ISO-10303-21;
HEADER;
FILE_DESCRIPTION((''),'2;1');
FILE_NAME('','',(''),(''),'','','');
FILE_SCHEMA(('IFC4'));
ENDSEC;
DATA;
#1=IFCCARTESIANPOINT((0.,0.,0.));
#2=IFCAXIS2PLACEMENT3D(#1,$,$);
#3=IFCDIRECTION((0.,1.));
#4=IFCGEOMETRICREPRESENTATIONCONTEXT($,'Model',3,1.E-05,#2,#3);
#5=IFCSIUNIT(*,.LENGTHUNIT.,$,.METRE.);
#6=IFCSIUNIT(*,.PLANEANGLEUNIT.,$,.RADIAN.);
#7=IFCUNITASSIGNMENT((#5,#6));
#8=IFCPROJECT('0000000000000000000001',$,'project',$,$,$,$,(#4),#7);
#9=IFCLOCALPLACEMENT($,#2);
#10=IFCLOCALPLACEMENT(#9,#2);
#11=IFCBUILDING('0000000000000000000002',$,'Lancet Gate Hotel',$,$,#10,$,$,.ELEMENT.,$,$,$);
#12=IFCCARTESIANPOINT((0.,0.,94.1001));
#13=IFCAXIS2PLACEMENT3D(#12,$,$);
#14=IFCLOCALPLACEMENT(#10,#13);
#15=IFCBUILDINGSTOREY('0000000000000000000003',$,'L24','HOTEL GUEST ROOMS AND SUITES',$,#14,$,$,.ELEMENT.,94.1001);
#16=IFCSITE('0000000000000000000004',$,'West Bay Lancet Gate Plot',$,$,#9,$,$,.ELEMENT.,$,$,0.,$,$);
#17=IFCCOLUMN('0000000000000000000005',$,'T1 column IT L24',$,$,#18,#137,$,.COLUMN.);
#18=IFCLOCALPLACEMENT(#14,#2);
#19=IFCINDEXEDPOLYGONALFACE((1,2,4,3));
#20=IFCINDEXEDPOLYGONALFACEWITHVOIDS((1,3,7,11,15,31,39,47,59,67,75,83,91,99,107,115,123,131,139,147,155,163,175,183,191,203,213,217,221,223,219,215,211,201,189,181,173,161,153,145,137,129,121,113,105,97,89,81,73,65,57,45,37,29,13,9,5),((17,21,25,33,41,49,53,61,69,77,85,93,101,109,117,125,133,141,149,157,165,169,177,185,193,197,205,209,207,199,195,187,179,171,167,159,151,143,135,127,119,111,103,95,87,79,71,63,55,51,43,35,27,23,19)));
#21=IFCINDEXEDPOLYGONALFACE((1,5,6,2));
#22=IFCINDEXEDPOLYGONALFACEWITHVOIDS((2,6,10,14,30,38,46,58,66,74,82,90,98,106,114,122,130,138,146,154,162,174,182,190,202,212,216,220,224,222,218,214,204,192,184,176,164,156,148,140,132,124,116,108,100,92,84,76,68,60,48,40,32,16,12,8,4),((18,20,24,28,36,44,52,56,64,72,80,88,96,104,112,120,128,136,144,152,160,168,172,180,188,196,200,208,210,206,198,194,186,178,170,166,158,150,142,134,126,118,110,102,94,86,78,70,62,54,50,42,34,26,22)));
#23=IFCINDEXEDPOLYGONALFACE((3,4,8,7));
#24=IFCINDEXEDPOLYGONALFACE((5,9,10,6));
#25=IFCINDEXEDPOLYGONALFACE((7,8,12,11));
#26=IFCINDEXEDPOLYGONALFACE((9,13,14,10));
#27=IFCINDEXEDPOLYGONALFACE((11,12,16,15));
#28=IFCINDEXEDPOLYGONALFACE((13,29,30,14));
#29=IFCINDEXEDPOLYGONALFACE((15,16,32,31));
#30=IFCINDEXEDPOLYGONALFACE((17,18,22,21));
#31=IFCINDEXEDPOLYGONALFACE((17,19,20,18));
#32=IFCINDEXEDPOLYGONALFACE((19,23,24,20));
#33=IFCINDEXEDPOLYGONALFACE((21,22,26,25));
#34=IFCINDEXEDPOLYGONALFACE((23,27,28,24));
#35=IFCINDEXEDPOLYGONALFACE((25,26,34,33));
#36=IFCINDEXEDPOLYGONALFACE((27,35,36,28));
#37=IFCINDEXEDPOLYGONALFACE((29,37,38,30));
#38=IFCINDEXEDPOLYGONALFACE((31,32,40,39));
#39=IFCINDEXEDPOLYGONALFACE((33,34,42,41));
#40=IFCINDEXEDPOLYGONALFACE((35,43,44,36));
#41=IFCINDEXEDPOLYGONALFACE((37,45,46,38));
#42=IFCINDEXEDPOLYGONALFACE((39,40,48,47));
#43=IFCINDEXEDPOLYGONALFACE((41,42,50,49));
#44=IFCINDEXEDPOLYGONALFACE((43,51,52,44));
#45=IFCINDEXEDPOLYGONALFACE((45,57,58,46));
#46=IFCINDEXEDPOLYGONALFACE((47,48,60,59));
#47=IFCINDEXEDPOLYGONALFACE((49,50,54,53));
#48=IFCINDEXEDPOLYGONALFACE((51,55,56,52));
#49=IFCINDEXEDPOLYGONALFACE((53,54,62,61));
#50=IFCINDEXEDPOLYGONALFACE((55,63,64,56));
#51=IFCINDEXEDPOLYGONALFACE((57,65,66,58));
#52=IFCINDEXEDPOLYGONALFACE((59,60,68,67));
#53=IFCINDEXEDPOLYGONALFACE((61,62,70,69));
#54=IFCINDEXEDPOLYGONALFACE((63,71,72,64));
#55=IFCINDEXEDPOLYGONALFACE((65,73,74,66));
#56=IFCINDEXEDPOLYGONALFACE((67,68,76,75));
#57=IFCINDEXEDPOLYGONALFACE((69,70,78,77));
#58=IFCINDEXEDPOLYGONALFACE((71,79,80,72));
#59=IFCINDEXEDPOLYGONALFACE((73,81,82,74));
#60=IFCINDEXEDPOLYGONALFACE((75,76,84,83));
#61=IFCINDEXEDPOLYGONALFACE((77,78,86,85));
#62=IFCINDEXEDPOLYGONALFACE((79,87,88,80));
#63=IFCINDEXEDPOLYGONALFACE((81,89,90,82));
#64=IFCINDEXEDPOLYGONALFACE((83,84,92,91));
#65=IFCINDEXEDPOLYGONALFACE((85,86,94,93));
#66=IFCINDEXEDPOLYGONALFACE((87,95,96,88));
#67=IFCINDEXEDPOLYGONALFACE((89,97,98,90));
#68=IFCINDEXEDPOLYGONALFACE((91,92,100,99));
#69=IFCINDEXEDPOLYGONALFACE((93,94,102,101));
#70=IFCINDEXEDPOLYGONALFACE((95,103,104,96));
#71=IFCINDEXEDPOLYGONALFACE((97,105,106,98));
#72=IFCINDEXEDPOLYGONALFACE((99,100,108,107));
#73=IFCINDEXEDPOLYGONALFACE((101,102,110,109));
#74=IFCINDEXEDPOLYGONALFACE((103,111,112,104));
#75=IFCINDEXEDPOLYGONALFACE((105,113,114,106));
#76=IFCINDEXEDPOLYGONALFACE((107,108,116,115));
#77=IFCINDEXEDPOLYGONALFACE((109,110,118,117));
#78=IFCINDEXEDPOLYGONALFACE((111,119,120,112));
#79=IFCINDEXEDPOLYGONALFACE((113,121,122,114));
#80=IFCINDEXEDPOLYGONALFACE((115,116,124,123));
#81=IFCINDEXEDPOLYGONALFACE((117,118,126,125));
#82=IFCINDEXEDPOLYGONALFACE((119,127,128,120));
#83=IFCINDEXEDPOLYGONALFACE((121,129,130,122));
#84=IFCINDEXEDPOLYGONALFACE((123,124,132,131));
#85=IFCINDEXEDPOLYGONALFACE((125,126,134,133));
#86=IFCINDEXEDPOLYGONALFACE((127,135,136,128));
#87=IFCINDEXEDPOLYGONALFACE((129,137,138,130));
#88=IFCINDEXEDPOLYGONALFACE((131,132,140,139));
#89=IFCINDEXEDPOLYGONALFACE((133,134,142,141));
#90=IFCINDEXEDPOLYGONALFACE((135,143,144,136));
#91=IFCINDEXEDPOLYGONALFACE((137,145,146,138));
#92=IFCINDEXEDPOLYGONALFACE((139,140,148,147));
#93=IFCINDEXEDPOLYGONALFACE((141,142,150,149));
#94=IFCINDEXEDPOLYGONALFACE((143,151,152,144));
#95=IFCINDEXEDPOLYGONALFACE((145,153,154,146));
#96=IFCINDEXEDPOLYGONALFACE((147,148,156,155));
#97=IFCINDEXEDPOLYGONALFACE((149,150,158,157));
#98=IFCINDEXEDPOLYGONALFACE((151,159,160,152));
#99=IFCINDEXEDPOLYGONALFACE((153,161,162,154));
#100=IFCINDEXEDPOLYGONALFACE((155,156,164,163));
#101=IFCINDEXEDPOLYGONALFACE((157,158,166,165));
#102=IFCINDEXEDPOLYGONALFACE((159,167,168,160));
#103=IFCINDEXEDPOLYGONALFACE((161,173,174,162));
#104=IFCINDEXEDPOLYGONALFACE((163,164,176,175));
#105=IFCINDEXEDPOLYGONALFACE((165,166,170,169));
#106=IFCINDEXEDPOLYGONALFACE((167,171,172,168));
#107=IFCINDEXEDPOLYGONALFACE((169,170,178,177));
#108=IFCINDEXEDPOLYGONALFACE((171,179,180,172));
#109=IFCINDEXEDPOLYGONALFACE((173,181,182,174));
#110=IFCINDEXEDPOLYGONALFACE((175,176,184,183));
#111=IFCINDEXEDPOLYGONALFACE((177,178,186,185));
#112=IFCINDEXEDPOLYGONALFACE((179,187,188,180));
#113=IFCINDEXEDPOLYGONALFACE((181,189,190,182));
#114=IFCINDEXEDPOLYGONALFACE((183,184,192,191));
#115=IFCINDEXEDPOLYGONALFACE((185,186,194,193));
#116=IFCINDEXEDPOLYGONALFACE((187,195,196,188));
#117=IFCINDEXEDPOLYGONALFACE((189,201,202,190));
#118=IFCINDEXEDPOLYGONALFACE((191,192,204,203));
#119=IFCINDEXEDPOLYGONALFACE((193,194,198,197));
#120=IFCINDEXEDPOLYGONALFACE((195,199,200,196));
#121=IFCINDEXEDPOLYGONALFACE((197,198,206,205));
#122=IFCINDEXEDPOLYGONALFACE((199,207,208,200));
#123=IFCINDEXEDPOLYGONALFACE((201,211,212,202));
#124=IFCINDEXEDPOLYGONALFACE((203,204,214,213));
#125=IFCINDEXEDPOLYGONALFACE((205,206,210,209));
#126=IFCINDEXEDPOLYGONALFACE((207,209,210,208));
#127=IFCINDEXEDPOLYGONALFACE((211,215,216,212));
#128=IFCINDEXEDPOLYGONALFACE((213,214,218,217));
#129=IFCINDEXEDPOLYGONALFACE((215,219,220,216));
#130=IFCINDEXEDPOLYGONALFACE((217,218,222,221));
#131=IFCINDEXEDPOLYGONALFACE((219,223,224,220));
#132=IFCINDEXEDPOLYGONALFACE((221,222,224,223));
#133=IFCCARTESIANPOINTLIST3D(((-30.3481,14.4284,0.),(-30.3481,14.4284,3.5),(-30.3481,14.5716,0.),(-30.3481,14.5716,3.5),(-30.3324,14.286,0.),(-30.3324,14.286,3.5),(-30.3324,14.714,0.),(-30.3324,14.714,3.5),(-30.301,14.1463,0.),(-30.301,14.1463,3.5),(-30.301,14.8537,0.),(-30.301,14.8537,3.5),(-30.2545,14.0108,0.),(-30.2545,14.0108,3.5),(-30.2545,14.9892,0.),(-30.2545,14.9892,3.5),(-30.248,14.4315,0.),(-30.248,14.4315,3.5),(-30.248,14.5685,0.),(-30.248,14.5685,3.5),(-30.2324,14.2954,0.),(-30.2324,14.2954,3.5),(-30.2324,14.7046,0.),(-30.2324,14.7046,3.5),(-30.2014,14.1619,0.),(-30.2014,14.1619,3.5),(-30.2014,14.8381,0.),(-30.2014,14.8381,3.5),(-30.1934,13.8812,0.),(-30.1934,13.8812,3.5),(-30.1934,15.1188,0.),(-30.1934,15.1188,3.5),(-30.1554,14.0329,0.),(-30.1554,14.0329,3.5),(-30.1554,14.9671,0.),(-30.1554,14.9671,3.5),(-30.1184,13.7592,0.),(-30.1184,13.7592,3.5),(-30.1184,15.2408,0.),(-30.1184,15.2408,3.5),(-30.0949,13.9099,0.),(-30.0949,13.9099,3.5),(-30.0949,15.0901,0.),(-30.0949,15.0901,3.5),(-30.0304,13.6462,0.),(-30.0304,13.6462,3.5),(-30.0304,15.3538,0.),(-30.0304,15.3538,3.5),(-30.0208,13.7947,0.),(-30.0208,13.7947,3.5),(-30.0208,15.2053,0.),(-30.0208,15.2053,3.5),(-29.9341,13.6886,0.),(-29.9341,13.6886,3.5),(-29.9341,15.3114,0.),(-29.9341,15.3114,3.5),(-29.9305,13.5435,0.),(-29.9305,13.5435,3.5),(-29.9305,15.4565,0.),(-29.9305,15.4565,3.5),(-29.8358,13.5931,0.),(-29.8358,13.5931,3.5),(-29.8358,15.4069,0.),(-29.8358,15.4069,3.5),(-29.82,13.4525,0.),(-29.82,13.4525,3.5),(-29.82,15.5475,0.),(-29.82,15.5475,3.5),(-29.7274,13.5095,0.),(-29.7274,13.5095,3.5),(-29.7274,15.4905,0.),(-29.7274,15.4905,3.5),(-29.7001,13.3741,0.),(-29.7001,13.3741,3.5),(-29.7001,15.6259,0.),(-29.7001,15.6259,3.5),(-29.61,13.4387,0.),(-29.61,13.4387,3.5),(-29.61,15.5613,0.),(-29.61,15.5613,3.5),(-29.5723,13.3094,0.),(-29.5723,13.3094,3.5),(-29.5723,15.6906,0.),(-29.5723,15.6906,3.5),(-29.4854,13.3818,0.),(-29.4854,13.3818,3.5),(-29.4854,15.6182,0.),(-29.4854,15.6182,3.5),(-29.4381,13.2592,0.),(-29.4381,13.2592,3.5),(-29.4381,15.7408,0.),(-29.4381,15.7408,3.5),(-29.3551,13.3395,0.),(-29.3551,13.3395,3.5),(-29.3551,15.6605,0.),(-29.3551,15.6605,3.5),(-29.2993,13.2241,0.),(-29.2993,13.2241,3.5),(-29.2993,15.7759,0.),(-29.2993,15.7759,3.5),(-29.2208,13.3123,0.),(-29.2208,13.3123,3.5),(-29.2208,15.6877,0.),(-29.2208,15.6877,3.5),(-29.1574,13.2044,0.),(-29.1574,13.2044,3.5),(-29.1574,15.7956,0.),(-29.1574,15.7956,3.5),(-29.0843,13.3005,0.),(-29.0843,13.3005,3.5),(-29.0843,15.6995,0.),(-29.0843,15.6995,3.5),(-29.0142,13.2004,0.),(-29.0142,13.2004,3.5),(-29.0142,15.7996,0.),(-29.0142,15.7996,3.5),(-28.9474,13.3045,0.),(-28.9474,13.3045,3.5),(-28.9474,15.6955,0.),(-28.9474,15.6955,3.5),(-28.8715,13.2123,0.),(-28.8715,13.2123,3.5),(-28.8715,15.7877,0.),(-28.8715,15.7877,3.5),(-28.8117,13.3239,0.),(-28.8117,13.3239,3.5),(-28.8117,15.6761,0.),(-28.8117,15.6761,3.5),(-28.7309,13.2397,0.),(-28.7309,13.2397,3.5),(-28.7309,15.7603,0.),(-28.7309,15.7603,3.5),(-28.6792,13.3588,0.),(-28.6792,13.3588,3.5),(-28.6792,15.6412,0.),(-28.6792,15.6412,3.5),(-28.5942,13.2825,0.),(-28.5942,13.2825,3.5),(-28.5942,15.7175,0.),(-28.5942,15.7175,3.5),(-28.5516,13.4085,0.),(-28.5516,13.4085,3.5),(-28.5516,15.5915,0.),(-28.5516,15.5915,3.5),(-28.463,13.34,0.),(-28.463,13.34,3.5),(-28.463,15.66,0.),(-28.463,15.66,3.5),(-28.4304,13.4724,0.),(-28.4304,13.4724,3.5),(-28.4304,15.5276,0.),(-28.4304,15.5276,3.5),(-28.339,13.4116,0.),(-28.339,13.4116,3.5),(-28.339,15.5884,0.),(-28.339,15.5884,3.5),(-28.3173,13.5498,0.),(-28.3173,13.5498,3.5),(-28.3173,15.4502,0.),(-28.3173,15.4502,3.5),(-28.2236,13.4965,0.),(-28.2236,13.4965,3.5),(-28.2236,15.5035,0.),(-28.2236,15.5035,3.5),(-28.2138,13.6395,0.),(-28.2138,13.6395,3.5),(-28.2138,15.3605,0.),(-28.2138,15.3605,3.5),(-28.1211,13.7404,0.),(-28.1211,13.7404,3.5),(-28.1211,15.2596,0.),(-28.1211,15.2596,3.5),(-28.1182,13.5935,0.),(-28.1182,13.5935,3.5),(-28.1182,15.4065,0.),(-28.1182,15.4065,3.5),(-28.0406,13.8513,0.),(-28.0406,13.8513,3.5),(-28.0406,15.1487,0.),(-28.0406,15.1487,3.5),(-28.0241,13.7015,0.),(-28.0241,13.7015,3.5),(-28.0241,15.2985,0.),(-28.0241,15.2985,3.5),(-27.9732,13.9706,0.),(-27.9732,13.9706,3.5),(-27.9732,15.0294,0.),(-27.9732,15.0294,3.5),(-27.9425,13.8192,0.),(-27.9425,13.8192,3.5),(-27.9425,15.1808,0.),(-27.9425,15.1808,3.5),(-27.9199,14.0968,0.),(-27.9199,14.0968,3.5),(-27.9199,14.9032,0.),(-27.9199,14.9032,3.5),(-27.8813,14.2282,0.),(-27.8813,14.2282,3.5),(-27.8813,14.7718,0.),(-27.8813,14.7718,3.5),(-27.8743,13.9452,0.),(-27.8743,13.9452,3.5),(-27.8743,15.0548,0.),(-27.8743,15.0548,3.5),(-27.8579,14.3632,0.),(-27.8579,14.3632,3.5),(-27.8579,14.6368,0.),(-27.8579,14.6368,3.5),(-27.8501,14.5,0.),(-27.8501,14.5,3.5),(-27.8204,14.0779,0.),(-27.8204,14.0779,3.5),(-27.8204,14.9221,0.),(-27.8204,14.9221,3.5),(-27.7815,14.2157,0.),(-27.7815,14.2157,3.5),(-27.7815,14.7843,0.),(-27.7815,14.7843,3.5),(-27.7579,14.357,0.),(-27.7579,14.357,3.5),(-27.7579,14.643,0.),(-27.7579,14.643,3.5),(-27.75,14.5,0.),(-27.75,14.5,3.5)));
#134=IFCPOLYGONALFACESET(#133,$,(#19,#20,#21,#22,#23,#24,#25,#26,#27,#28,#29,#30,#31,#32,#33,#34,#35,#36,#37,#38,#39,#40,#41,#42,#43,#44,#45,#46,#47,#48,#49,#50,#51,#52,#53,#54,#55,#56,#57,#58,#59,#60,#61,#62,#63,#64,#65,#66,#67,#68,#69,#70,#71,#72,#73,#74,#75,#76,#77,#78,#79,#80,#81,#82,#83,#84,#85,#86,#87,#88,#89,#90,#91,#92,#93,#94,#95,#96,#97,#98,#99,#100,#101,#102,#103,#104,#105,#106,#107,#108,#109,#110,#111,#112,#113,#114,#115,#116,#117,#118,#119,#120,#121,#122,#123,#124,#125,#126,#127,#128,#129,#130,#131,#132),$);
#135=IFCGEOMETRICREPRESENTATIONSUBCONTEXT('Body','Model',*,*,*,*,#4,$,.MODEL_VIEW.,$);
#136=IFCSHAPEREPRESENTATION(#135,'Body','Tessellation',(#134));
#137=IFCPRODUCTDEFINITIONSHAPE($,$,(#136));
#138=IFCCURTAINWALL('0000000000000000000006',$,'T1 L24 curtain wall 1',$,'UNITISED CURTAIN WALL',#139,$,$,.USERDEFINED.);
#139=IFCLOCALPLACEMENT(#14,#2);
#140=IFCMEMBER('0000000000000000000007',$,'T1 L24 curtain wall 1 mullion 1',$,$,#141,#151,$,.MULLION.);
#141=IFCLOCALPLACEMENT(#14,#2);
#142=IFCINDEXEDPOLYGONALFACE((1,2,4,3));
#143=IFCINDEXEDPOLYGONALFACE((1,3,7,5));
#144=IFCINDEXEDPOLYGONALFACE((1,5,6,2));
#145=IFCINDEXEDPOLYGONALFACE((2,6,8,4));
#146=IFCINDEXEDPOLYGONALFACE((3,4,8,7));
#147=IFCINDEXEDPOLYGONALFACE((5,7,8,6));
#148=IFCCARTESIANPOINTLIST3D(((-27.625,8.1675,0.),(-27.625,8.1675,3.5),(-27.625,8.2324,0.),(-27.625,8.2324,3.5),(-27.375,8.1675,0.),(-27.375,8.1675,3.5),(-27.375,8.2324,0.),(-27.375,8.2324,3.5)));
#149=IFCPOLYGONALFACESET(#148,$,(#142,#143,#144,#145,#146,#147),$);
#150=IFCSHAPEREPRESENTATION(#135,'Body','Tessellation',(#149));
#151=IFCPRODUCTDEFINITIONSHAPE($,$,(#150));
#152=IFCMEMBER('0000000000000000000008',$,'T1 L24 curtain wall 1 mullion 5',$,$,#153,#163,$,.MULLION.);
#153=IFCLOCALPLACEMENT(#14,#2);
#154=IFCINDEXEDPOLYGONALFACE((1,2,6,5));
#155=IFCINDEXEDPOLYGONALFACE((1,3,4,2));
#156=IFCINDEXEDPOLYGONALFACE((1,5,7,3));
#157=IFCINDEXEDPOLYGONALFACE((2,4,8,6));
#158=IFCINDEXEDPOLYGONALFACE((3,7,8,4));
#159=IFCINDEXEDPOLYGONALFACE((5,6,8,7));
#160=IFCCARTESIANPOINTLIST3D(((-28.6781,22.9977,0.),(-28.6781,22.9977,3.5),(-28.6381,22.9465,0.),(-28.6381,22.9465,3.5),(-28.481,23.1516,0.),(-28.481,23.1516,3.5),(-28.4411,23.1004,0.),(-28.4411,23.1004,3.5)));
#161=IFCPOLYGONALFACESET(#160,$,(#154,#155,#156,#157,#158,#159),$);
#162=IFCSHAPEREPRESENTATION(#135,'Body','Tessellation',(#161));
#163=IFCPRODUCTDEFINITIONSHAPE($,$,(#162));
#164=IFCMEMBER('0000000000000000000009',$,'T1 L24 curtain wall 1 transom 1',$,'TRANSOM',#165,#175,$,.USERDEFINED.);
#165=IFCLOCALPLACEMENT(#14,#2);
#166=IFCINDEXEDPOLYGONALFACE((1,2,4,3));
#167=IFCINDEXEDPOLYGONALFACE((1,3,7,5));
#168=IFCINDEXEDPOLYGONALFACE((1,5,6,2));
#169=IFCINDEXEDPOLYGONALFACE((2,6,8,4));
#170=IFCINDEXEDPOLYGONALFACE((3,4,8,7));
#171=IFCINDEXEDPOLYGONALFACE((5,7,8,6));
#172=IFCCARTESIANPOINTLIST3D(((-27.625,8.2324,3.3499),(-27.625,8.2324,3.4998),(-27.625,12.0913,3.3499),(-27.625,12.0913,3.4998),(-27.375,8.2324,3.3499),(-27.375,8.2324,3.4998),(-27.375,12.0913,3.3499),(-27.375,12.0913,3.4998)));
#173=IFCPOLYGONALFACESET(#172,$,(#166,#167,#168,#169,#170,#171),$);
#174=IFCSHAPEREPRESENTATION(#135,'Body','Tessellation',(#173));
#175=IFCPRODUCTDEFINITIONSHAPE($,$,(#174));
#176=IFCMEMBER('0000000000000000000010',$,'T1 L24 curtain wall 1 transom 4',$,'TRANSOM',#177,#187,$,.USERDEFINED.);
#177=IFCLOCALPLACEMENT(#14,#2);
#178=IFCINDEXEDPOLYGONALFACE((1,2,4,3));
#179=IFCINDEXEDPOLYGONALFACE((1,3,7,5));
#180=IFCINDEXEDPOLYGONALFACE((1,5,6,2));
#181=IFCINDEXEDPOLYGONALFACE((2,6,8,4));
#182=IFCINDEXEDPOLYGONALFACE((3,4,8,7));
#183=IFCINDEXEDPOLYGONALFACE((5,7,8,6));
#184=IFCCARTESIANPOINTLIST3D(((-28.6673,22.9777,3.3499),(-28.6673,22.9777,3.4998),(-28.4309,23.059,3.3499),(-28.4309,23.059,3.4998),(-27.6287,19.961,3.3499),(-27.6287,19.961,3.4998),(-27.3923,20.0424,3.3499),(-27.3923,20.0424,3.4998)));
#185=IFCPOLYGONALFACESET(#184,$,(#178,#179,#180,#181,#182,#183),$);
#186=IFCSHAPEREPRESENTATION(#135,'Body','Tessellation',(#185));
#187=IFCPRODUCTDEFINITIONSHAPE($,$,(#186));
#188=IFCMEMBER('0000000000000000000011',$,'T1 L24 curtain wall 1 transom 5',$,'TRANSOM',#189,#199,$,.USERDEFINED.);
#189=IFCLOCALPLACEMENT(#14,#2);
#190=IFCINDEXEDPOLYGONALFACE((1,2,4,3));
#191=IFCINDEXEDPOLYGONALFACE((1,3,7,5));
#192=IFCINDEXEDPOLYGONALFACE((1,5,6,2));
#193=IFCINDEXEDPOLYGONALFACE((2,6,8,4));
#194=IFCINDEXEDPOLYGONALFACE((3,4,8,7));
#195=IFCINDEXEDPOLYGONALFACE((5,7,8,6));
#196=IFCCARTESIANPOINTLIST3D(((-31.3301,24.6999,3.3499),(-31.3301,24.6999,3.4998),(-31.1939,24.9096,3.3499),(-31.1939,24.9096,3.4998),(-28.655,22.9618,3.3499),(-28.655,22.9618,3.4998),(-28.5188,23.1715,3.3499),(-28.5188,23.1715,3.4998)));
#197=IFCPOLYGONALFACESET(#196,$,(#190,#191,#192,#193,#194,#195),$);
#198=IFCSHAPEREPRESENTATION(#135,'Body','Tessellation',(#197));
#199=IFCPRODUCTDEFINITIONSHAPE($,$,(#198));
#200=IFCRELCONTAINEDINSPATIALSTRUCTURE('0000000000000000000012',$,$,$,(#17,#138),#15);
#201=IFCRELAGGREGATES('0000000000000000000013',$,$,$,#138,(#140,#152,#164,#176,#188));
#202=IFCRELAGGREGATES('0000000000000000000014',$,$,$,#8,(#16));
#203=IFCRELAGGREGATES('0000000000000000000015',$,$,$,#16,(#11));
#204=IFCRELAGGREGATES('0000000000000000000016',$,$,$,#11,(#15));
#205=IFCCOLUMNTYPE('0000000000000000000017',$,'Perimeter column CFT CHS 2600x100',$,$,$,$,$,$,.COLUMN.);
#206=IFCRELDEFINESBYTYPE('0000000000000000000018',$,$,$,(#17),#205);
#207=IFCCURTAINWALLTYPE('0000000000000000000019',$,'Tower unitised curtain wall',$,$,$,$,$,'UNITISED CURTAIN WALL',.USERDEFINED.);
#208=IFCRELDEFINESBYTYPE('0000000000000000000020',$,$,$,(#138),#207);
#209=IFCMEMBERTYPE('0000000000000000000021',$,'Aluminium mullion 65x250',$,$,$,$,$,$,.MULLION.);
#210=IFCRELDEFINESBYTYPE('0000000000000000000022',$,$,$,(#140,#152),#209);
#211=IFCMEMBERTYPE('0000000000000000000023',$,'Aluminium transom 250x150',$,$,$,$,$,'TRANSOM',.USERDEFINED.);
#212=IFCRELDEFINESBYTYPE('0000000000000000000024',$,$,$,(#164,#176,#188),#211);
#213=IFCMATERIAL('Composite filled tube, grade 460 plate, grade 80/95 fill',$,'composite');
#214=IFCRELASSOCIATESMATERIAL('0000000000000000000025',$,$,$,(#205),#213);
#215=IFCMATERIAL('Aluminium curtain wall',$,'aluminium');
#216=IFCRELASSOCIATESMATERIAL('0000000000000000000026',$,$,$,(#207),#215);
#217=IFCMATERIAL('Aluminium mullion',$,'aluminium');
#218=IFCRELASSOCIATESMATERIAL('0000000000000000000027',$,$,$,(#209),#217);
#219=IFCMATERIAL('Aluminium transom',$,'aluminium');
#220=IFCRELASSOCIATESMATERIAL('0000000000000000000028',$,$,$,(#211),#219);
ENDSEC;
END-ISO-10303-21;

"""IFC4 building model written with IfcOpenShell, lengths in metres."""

from ifc_helpers import new_model, si_unit, direction, frame, origin, origin_2d, place, context, subcontext, project, spatial, rectangle, hollow_circle, extrude, material, material_profile, profile_set, type_object, element, aggregate, save


model = new_model("IFC4")

# Units and contexts
model_context = context("Model", 3, precision=1e-05, world=origin(), true_north=direction((0.0, 1.0)))
body_context = subcontext(model_context, "Body", "Model", "MODEL_VIEW")
ifc_project = project(units=[si_unit("LENGTHUNIT", "METRE"), si_unit("PLANEANGLEUNIT", "RADIAN")], contexts=[model_context])

# Site, building, storey
site_placement = place(None, origin())
site = spatial("IfcSite", under=ifc_project, at=site_placement, Name="West Bay Lancet Gate Plot", CompositionType="ELEMENT", RefElevation=0.0)
building_placement = place(site_placement, origin())
building = spatial("IfcBuilding", under=site, at=building_placement, Name="Lancet Gate Hotel", CompositionType="ELEMENT")
storey_placement = place(building_placement, frame((0.0, 0.0, 94.1001)))
storey = spatial("IfcBuildingStorey", under=building, at=storey_placement, Name="L24", Description="HOTEL GUEST ROOMS AND SUITES", CompositionType="ELEMENT", Elevation=94.1001)

# Column
ifc_material_1 = material(Name="Composite filled tube, grade 460 plate, grade 80/95 fill", Category="composite")
ifc_material_profile_1 = material_profile(ifc_material_1, hollow_circle(Radius=1.3, WallThickness=0.1001, at=origin_2d()), Name="CHS 2600x100")
ifc_profile_set_1 = profile_set([ifc_material_profile_1], Name="Composite filled tube, grade 460 plate, grade 80/95 fill")
column_type = type_object("IfcColumnType", Name="Perimeter column CFT CHS 2600x100", PredefinedType="COLUMN", material=ifc_profile_set_1)
for number, where, z_axis, x_axis, name in (
    (1, (-29.05, 14.5, 0.0), (0.0, 0.0, 1.0), (1.0, 0.0, 0.0), "T1 column IT L24"),
):
    element("IfcColumn", number, at=place(storey_placement, frame(where, z_axis=z_axis, x_axis=x_axis)), inside=storey, type_object=column_type, Name=name, PredefinedType="COLUMN", context=body_context, shape_type="SweptSolid", body=[
        extrude(hollow_circle(Radius=1.3, WallThickness=0.1001, at=origin_2d()), origin(), (0.0, 0.0, 1.0), 3.5),
    ])

# Curtain wall, members
ifc_material_2 = material(Name="Aluminium curtain wall", Category="aluminium")
curtain_wall_type = type_object("IfcCurtainWallType", Name="Tower unitised curtain wall", ElementType="UNITISED CURTAIN WALL", PredefinedType="USERDEFINED", material=ifc_material_2)
curtain_wall_placement = place(storey_placement, origin())
curtain_wall = element("IfcCurtainWall", 2, at=curtain_wall_placement, inside=storey, type_object=curtain_wall_type, Name="T1 L24 curtain wall 1", ObjectType="UNITISED CURTAIN WALL", PredefinedType="USERDEFINED")
ifc_material_3 = material(Name="Aluminium mullion", Category="aluminium")
ifc_material_profile_2 = material_profile(ifc_material_3, rectangle(XDim=0.0649, YDim=0.25, at=origin_2d()), Name="MULLION 65x250")
ifc_profile_set_2 = profile_set([ifc_material_profile_2], Name="Aluminium mullion")
member_type_1 = type_object("IfcMemberType", Name="Aluminium mullion 65x250", PredefinedType="MULLION", material=ifc_profile_set_2)
member_1_placement = place(storey_placement, frame((-27.5, 8.2, 0.0), z_axis=(0.0, 0.0, 1.0), x_axis=(0.0, 1.0, 0.0)))
member_1 = element("IfcMember", 3, at=member_1_placement, type_object=member_type_1, Name="T1 L24 curtain wall 1 mullion 1", PredefinedType="MULLION", context=body_context, shape_type="SweptSolid", body=[
    extrude(rectangle(XDim=0.0649, YDim=0.25, at=origin_2d()), origin(), (0.0, 0.0, 1.0), 3.5),
])
member_2_placement = place(storey_placement, frame((-28.5596, 23.0491, 0.0), z_axis=(0.0, 0.0, 1.0), x_axis=(-0.615574, 0.788079, 0.0)))
member_2 = element("IfcMember", 4, at=member_2_placement, type_object=member_type_1, Name="T1 L24 curtain wall 1 mullion 5", PredefinedType="MULLION", context=body_context, shape_type="SweptSolid", body=[
    extrude(rectangle(XDim=0.0649, YDim=0.25, at=origin_2d()), origin(), (0.0, 0.0, 1.0), 3.5),
])
ifc_material_4 = material(Name="Aluminium transom", Category="aluminium")
ifc_material_profile_3 = material_profile(ifc_material_4, rectangle(XDim=0.25, YDim=0.1499, at=origin_2d()), Name="TRANSOM 250x150")
ifc_profile_set_3 = profile_set([ifc_material_profile_3], Name="Aluminium transom")
member_type_2 = type_object("IfcMemberType", Name="Aluminium transom 250x150", ElementType="TRANSOM", PredefinedType="USERDEFINED", material=ifc_profile_set_3)
member_3_placement = place(storey_placement, frame((-27.5, 8.2324, 3.4248), z_axis=(0.0, 1.0, 0.0), x_axis=(-1.0, 0.0, 0.0)))
member_3 = element("IfcMember", 5, at=member_3_placement, type_object=member_type_2, Name="T1 L24 curtain wall 1 transom 1", ObjectType="TRANSOM", PredefinedType="USERDEFINED", context=body_context, shape_type="SweptSolid", body=[
    extrude(rectangle(XDim=0.25, YDim=0.1499, at=origin_2d()), origin(), (0.0, 0.0, 1.0), 3.8589),
])
member_4_placement = place(storey_placement, frame((-27.5105, 20.0017, 3.4248), z_axis=(-0.325533, 0.945531, 0.0), x_axis=(-0.945531, -0.325533, 0.0)))
member_4 = element("IfcMember", 6, at=member_4_placement, type_object=member_type_2, Name="T1 L24 curtain wall 1 transom 4", ObjectType="TRANSOM", PredefinedType="USERDEFINED", context=body_context, shape_type="SweptSolid", body=[
    extrude(rectangle(XDim=0.25, YDim=0.1499, at=origin_2d()), origin(), (0.0, 0.0, 1.0), 3.1904),
])
member_5_placement = place(storey_placement, frame((-28.5869, 23.0667, 3.4248), z_axis=(-0.83855, 0.544824, 0.0), x_axis=(-0.544824, -0.83855, 0.0)))
member_5 = element("IfcMember", 7, at=member_5_placement, type_object=member_type_2, Name="T1 L24 curtain wall 1 transom 5", ObjectType="TRANSOM", PredefinedType="USERDEFINED", context=body_context, shape_type="SweptSolid", body=[
    extrude(rectangle(XDim=0.25, YDim=0.1499, at=origin_2d()), origin(), (0.0, 0.0, 1.0), 3.1902),
])

aggregate(curtain_wall, [member_1, member_2, member_3, member_4, member_5])

save(model, "model.ifc")
